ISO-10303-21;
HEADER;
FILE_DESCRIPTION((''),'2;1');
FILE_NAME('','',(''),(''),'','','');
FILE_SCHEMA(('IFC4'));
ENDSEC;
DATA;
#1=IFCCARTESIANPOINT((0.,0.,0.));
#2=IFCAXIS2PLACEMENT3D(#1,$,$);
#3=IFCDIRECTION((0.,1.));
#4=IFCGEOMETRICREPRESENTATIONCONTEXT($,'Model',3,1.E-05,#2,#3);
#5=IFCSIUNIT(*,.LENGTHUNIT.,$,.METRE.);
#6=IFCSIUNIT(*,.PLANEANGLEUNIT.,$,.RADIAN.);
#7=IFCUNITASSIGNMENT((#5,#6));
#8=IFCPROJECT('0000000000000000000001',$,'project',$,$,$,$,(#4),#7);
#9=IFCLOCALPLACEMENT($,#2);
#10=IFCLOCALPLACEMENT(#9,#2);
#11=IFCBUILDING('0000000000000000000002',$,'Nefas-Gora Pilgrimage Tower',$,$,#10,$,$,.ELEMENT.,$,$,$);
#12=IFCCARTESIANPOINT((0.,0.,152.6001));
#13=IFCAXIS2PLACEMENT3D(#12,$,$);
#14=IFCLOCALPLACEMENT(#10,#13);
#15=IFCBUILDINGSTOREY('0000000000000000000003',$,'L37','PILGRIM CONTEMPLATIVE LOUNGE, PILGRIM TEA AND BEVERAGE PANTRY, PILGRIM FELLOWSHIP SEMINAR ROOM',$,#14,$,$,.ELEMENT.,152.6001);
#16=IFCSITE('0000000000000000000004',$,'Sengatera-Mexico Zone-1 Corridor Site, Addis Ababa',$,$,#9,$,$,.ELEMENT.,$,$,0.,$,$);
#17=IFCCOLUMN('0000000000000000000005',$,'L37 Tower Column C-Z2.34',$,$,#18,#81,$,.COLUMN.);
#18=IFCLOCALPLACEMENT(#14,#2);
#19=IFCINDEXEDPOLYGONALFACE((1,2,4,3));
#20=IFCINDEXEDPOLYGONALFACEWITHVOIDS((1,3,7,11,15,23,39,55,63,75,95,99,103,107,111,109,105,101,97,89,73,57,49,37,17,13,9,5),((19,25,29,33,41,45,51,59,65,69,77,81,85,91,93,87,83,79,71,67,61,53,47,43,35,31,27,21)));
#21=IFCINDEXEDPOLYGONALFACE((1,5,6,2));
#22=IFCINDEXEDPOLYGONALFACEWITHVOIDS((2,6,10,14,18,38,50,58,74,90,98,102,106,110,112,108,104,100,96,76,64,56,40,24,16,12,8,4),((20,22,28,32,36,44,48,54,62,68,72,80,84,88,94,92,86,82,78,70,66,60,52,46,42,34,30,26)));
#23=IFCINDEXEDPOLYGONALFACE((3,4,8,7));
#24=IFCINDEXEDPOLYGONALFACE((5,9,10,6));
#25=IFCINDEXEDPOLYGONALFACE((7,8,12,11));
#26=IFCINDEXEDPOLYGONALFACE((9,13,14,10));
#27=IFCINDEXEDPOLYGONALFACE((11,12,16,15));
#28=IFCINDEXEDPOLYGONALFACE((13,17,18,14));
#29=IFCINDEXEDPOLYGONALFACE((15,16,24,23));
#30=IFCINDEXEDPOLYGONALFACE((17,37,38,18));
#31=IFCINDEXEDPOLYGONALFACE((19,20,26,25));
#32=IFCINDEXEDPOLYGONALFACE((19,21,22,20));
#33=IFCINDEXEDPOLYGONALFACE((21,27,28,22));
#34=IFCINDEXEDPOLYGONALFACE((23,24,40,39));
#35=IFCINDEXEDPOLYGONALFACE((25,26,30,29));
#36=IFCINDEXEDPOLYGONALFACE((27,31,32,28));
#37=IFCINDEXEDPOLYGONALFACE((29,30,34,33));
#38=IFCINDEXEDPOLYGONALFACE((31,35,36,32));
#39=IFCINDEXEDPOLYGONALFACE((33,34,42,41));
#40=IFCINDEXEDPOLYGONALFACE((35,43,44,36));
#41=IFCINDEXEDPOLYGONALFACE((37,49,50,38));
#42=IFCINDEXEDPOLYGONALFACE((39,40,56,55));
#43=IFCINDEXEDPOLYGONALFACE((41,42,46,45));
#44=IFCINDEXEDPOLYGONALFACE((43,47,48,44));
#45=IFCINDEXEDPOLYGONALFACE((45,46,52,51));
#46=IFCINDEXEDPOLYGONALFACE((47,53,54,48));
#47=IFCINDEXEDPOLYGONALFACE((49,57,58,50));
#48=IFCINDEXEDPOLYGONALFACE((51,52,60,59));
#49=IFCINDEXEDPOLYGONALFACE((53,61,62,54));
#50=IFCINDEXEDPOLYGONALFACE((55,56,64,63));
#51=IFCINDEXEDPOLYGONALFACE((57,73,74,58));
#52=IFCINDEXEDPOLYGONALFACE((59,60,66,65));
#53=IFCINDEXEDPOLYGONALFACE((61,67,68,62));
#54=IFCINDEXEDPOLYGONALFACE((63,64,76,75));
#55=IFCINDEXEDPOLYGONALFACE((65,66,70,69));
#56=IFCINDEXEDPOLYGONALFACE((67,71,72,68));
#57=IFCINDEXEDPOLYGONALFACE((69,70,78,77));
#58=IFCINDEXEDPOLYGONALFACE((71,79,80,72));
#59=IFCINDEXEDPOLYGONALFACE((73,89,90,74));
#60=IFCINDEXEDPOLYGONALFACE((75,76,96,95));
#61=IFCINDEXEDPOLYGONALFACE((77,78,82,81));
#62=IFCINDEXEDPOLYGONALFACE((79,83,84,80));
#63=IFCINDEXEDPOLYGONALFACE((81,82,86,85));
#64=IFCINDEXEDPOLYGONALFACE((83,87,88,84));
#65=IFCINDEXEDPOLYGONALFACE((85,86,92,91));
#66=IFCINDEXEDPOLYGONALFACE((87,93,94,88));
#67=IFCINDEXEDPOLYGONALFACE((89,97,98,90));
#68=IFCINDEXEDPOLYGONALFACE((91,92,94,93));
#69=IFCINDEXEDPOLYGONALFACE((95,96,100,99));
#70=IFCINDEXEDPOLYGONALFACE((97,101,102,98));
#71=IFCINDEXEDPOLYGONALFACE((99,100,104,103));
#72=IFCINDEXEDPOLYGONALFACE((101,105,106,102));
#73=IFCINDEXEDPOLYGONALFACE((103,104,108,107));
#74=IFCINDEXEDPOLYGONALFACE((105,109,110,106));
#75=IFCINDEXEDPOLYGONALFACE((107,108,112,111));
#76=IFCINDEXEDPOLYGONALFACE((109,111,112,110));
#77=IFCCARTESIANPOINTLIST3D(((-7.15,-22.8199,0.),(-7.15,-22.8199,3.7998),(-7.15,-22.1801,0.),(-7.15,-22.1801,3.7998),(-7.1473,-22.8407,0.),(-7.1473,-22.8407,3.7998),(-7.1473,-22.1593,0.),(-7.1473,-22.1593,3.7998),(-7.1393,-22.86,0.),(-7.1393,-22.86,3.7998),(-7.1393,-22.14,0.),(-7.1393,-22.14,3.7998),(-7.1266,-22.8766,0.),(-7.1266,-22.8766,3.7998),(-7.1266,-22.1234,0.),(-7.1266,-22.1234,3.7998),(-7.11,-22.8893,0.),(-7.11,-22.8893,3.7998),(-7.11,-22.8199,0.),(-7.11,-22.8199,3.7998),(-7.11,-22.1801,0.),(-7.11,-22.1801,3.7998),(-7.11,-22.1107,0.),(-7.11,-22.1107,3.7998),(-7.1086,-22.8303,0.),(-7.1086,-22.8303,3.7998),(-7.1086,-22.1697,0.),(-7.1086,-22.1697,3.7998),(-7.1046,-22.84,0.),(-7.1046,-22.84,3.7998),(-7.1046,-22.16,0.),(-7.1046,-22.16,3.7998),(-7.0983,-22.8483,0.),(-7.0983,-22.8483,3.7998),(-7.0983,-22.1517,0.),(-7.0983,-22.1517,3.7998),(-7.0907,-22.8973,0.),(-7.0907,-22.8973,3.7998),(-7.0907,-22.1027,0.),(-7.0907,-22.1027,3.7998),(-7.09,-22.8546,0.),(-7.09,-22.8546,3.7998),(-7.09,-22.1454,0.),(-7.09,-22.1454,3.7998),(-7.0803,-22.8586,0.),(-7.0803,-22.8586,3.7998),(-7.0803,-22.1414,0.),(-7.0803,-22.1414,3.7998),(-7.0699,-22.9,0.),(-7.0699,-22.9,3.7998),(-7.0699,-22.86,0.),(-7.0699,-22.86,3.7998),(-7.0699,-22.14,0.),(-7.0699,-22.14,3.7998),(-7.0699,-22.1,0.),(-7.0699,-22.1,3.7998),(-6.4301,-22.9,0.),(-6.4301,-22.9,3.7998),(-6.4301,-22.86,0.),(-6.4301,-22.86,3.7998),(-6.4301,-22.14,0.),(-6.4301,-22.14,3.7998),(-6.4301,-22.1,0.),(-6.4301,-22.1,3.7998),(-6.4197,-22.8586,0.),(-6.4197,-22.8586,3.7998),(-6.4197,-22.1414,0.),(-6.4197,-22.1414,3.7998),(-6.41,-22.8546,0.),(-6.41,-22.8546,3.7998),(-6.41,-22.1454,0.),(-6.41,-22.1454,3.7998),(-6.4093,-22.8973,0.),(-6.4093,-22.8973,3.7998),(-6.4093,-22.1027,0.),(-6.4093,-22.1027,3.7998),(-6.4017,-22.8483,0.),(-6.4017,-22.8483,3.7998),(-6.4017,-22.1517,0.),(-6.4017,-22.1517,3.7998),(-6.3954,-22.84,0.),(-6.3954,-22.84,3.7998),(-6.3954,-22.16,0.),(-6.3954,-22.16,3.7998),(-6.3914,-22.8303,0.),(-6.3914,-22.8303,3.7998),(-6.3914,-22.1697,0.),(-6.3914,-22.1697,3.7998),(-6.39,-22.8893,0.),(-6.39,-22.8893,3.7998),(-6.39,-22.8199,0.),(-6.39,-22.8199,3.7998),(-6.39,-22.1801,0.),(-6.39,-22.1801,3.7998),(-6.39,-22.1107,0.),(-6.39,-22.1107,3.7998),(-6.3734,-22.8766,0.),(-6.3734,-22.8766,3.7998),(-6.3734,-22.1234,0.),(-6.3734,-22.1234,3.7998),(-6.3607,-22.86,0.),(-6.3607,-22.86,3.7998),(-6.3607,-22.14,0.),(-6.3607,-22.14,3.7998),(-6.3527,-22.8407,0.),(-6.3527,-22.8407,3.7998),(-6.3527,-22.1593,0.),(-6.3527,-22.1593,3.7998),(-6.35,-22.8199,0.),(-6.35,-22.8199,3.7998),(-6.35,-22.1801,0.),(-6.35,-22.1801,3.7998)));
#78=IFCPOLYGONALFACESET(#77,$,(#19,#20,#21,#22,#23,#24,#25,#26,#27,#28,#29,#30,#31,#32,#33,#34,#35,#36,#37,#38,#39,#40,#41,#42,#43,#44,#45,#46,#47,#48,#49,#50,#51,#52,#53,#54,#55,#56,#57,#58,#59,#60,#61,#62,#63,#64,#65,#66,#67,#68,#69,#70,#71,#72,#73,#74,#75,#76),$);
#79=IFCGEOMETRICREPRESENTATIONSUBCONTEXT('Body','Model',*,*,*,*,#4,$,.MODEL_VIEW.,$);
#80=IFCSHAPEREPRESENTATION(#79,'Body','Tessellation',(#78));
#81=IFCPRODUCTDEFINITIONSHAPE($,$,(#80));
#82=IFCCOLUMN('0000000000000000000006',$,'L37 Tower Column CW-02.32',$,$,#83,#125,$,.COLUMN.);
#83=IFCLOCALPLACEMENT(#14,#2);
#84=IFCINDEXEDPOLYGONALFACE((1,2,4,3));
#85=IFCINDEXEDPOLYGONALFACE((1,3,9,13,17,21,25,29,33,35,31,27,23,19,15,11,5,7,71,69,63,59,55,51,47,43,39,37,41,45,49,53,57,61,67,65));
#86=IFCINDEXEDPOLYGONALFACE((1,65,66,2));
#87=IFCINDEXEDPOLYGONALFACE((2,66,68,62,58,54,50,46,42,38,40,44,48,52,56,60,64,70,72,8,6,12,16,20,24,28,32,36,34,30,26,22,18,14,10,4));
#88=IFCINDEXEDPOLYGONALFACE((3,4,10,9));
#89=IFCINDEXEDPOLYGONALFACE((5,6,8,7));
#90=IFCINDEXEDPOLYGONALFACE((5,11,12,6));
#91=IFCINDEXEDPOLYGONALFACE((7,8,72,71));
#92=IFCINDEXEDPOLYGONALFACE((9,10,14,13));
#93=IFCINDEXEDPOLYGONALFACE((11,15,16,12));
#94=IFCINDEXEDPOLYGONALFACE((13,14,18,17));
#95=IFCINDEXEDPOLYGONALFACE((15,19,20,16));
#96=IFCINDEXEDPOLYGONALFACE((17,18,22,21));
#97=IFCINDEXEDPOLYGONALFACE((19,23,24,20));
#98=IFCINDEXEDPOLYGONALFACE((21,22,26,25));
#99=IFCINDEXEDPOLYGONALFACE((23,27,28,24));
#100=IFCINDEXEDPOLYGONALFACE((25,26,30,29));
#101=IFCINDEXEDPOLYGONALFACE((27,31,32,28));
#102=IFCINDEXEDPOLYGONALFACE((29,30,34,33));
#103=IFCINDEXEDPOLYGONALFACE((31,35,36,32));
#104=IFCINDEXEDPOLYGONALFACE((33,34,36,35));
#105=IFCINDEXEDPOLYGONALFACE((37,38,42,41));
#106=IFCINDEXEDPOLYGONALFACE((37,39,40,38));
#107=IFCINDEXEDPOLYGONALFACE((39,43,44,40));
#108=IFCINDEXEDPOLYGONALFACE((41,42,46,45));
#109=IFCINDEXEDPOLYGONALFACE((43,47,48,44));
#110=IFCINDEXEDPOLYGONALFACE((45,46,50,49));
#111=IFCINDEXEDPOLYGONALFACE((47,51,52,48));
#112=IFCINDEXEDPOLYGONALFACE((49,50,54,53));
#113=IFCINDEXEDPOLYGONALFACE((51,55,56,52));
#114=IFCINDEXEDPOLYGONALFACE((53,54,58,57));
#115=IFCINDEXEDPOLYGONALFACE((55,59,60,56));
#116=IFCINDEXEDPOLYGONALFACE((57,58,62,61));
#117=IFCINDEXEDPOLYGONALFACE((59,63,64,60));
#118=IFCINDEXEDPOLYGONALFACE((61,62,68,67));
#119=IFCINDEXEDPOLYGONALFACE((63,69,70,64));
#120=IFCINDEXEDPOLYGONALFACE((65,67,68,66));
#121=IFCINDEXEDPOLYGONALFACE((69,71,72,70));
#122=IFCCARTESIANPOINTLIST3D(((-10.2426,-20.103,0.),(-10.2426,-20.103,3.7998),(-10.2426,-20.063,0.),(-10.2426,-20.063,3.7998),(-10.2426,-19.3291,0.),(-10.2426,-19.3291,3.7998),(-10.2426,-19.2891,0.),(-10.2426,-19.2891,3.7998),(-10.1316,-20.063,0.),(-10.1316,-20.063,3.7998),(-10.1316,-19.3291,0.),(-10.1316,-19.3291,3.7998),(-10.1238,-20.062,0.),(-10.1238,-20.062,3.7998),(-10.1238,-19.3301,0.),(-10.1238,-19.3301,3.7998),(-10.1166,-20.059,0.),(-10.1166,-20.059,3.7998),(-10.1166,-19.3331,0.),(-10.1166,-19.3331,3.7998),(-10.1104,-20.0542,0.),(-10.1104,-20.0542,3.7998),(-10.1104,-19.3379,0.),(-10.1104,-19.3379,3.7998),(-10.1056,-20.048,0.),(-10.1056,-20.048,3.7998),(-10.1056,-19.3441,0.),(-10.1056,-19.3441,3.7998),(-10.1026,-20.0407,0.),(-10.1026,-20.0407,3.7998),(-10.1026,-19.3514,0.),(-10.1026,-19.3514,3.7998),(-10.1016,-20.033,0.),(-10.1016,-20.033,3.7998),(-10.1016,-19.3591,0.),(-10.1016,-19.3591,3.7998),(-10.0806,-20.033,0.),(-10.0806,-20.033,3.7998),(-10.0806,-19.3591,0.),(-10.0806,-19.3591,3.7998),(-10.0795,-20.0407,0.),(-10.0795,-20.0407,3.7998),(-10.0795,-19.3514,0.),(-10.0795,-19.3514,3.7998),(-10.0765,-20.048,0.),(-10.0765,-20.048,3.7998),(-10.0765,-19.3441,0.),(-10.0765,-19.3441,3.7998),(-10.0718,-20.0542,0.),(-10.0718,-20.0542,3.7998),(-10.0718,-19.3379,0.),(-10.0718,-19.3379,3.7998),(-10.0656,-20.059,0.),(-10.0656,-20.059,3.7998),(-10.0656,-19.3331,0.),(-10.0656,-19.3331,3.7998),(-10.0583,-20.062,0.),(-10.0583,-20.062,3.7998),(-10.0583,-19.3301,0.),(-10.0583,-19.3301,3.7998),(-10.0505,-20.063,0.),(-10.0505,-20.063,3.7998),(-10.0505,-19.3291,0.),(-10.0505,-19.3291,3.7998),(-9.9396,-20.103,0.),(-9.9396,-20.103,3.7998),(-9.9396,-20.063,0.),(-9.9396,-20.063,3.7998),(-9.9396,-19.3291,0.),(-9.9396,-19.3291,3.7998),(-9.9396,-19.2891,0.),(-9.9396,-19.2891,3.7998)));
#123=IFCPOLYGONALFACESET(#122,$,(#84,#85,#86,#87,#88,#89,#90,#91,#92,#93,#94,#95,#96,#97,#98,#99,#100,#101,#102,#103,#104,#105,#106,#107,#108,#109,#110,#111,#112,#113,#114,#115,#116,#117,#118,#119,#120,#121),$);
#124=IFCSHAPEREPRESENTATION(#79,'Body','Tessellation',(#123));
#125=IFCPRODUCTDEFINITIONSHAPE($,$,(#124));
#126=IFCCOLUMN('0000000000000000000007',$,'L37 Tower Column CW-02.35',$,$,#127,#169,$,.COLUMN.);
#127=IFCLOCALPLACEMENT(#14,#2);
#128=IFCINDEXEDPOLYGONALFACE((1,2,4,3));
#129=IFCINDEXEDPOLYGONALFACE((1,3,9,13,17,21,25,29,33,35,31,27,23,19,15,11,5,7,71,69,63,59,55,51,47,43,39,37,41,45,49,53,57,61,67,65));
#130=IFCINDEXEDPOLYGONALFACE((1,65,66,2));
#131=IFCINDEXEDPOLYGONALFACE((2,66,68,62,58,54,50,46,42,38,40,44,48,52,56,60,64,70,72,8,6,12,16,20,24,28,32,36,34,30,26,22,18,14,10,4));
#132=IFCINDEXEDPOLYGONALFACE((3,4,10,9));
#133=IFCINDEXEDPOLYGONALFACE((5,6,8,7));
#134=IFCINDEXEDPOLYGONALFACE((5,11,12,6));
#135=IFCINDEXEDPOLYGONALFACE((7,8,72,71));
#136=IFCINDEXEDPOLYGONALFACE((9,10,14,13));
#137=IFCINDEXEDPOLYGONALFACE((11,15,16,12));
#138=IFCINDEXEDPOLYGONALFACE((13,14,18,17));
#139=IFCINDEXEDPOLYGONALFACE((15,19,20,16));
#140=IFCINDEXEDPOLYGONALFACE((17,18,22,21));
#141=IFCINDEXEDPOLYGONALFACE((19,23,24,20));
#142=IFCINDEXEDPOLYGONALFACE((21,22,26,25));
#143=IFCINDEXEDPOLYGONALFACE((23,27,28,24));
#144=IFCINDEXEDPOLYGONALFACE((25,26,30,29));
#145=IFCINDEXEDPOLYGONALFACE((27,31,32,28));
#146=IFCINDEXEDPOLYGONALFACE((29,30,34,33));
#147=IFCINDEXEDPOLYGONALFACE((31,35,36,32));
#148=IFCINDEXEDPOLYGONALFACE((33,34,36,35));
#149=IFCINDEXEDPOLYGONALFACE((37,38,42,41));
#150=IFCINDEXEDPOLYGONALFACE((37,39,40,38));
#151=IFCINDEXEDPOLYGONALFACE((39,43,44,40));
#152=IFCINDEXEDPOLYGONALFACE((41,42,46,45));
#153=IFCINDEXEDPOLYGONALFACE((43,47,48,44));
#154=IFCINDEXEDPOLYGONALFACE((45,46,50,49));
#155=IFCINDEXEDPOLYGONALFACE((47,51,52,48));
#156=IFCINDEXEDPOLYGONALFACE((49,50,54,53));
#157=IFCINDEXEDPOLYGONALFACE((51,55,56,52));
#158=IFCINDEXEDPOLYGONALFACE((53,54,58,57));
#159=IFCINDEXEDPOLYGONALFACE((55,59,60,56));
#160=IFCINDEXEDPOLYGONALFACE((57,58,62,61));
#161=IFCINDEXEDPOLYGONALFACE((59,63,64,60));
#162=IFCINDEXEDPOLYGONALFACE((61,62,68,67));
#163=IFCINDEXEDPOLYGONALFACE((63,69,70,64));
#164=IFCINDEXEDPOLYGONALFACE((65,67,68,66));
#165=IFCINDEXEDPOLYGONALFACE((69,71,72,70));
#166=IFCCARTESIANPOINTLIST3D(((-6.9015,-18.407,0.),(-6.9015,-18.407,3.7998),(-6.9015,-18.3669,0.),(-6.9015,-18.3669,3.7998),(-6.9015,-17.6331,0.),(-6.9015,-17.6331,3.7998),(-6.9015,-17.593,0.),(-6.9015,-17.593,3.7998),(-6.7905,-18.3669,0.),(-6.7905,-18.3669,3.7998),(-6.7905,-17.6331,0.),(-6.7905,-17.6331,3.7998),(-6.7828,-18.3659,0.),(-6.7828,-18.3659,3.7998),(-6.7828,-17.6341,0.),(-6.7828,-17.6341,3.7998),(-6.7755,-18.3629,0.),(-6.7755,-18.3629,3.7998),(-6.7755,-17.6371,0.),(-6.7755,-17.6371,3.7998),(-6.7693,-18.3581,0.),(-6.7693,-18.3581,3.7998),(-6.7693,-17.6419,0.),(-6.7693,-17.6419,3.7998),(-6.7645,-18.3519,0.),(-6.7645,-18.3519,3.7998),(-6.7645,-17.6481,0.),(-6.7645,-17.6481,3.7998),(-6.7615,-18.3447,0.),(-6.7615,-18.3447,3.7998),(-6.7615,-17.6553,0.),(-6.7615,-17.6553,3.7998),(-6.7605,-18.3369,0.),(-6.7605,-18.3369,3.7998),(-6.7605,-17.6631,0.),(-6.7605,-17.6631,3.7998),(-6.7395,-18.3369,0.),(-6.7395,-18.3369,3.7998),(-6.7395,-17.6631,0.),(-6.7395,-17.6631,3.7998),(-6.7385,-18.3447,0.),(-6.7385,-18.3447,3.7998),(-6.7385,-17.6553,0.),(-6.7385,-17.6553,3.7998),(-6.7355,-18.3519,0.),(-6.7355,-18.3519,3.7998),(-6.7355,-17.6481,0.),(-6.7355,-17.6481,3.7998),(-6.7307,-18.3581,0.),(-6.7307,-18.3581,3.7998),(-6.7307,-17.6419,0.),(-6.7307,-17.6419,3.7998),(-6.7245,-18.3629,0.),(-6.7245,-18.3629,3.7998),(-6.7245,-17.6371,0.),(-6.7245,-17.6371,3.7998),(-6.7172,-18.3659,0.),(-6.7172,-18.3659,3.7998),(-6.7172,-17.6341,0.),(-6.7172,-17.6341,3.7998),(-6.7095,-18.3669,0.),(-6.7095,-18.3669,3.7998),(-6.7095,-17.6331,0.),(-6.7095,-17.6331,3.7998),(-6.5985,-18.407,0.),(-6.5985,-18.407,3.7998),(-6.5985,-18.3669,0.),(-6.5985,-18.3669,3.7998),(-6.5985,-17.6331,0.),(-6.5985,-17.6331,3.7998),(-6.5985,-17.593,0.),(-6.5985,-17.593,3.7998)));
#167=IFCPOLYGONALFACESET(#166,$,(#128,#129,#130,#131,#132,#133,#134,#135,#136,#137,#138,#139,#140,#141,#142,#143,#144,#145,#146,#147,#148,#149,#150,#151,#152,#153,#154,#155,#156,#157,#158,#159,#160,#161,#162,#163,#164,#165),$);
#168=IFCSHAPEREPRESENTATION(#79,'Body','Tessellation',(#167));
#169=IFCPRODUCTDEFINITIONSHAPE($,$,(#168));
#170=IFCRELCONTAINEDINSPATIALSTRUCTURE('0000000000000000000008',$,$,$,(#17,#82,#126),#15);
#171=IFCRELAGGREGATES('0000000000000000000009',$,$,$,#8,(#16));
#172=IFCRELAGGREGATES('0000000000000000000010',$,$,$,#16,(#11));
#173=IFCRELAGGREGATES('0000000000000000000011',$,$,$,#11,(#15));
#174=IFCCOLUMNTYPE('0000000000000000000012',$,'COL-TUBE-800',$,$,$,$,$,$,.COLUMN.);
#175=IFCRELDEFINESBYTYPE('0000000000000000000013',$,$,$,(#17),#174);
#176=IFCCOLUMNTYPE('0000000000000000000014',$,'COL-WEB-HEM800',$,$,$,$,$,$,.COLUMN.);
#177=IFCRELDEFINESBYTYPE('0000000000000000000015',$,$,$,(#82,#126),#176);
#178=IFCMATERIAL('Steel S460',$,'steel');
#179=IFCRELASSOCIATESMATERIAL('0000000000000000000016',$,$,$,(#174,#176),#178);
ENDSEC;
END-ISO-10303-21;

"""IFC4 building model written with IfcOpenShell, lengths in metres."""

from ifc_helpers import new_model, si_unit, direction, frame, origin, origin_2d, place, context, subcontext, project, spatial, hollow_rectangle, i_section, extrude, source, transform, mapped, material, material_profile, profile_set, type_object, element, save


model = new_model("IFC4")

# Units and contexts
model_context = context("Model", 3, precision=1e-05, world=origin(), true_north=direction((0.0, 1.0)))
body_context = subcontext(model_context, "Body", "Model", "MODEL_VIEW")
ifc_project = project(units=[si_unit("LENGTHUNIT", "METRE"), si_unit("PLANEANGLEUNIT", "RADIAN")], contexts=[model_context])

# Site, building, storey
site_placement = place(None, origin())
site = spatial("IfcSite", under=ifc_project, at=site_placement, Name="Sengatera-Mexico Zone-1 Corridor Site, Addis Ababa", CompositionType="ELEMENT", RefElevation=0.0)
building_placement = place(site_placement, origin())
building = spatial("IfcBuilding", under=site, at=building_placement, Name="Nefas-Gora Pilgrimage Tower", CompositionType="ELEMENT")
storey_placement = place(building_placement, frame((0.0, 0.0, 152.6001)))
storey = spatial("IfcBuildingStorey", under=building, at=storey_placement, Name="L37", Description="PILGRIM CONTEMPLATIVE LOUNGE, PILGRIM TEA AND BEVERAGE PANTRY, PILGRIM FELLOWSHIP SEMINAR ROOM", CompositionType="ELEMENT", Elevation=152.6001)

# Columns
ifc_material_1 = material(Name="Steel S460", Category="steel")
ifc_material_profile_1 = material_profile(ifc_material_1, hollow_rectangle(XDim=0.8, YDim=0.8, WallThickness=0.04, InnerFilletRadius=0.04, OuterFilletRadius=0.0801, at=origin_2d()), Name="BOX 800x800x40")
ifc_profile_set_1 = profile_set([ifc_material_profile_1], Name="Steel S460")
column_type_1 = type_object("IfcColumnType", Name="COL-TUBE-800", PredefinedType="COLUMN", material=ifc_profile_set_1)
shared_shape_1 = source(origin(), body_context, "Body", "SweptSolid", [
    extrude(hollow_rectangle(XDim=0.8, YDim=0.8, WallThickness=0.04, InnerFilletRadius=0.04, OuterFilletRadius=0.0801, at=origin_2d()), origin(), (0.0, 0.0, 1.0), 3.7998),
])
column_placement = place(storey_placement, frame((-6.75, -22.5, 0.0), z_axis=(0.0, 0.0, 1.0), x_axis=(1.0, 0.0, 0.0)))
element("IfcColumn", 1, at=column_placement, inside=storey, type_object=column_type_1, Name="L37 Tower Column C-Z2.34", PredefinedType="COLUMN", context=body_context, shape_type="MappedRepresentation", body=[
    mapped(shared_shape_1, transform((0.0, 0.0, 0.0), x_axis=(1.0, 0.0, 0.0), y_axis=(0.0, 1.0, 0.0), z_axis=(0.0, 0.0, 1.0), scale=1.0)),
])
ifc_material_profile_2 = material_profile(ifc_material_1, i_section(OverallWidth=0.303, OverallDepth=0.814, WebThickness=0.021, FlangeThickness=0.04, FilletRadius=0.03, at=origin_2d()), Name="HEM 800")
ifc_profile_set_2 = profile_set([ifc_material_profile_2], Name="Steel S460")
column_type_2 = type_object("IfcColumnType", Name="COL-WEB-HEM800", PredefinedType="COLUMN", material=ifc_profile_set_2)
shared_shape_2 = source(origin(), body_context, "Body", "SweptSolid", [
    extrude(i_section(OverallWidth=0.303, OverallDepth=0.814, WebThickness=0.021, FlangeThickness=0.04, FilletRadius=0.03, at=origin_2d()), origin(), (0.0, 0.0, 1.0), 3.7998),
])
for number, where, z_axis, x_axis, name in (
    (2, (-10.0911, -19.696, 0.0), (0.0, 0.0, 1.0), (1.0, 0.0, 0.0), "L37 Tower Column CW-02.32"),
    (3, (-6.75, -18.0, 0.0), (0.0, 0.0, 1.0), (1.0, 0.0, 0.0), "L37 Tower Column CW-02.35"),
):
    element("IfcColumn", number, at=place(storey_placement, frame(where, z_axis=z_axis, x_axis=x_axis)), inside=storey, type_object=column_type_2, Name=name, PredefinedType="COLUMN", context=body_context, shape_type="MappedRepresentation", body=[
        mapped(shared_shape_2, transform((0.0, 0.0, 0.0), x_axis=(1.0, 0.0, 0.0), y_axis=(0.0, 1.0, 0.0), z_axis=(0.0, 0.0, 1.0), scale=1.0)),
    ])

save(model, "model.ifc")
